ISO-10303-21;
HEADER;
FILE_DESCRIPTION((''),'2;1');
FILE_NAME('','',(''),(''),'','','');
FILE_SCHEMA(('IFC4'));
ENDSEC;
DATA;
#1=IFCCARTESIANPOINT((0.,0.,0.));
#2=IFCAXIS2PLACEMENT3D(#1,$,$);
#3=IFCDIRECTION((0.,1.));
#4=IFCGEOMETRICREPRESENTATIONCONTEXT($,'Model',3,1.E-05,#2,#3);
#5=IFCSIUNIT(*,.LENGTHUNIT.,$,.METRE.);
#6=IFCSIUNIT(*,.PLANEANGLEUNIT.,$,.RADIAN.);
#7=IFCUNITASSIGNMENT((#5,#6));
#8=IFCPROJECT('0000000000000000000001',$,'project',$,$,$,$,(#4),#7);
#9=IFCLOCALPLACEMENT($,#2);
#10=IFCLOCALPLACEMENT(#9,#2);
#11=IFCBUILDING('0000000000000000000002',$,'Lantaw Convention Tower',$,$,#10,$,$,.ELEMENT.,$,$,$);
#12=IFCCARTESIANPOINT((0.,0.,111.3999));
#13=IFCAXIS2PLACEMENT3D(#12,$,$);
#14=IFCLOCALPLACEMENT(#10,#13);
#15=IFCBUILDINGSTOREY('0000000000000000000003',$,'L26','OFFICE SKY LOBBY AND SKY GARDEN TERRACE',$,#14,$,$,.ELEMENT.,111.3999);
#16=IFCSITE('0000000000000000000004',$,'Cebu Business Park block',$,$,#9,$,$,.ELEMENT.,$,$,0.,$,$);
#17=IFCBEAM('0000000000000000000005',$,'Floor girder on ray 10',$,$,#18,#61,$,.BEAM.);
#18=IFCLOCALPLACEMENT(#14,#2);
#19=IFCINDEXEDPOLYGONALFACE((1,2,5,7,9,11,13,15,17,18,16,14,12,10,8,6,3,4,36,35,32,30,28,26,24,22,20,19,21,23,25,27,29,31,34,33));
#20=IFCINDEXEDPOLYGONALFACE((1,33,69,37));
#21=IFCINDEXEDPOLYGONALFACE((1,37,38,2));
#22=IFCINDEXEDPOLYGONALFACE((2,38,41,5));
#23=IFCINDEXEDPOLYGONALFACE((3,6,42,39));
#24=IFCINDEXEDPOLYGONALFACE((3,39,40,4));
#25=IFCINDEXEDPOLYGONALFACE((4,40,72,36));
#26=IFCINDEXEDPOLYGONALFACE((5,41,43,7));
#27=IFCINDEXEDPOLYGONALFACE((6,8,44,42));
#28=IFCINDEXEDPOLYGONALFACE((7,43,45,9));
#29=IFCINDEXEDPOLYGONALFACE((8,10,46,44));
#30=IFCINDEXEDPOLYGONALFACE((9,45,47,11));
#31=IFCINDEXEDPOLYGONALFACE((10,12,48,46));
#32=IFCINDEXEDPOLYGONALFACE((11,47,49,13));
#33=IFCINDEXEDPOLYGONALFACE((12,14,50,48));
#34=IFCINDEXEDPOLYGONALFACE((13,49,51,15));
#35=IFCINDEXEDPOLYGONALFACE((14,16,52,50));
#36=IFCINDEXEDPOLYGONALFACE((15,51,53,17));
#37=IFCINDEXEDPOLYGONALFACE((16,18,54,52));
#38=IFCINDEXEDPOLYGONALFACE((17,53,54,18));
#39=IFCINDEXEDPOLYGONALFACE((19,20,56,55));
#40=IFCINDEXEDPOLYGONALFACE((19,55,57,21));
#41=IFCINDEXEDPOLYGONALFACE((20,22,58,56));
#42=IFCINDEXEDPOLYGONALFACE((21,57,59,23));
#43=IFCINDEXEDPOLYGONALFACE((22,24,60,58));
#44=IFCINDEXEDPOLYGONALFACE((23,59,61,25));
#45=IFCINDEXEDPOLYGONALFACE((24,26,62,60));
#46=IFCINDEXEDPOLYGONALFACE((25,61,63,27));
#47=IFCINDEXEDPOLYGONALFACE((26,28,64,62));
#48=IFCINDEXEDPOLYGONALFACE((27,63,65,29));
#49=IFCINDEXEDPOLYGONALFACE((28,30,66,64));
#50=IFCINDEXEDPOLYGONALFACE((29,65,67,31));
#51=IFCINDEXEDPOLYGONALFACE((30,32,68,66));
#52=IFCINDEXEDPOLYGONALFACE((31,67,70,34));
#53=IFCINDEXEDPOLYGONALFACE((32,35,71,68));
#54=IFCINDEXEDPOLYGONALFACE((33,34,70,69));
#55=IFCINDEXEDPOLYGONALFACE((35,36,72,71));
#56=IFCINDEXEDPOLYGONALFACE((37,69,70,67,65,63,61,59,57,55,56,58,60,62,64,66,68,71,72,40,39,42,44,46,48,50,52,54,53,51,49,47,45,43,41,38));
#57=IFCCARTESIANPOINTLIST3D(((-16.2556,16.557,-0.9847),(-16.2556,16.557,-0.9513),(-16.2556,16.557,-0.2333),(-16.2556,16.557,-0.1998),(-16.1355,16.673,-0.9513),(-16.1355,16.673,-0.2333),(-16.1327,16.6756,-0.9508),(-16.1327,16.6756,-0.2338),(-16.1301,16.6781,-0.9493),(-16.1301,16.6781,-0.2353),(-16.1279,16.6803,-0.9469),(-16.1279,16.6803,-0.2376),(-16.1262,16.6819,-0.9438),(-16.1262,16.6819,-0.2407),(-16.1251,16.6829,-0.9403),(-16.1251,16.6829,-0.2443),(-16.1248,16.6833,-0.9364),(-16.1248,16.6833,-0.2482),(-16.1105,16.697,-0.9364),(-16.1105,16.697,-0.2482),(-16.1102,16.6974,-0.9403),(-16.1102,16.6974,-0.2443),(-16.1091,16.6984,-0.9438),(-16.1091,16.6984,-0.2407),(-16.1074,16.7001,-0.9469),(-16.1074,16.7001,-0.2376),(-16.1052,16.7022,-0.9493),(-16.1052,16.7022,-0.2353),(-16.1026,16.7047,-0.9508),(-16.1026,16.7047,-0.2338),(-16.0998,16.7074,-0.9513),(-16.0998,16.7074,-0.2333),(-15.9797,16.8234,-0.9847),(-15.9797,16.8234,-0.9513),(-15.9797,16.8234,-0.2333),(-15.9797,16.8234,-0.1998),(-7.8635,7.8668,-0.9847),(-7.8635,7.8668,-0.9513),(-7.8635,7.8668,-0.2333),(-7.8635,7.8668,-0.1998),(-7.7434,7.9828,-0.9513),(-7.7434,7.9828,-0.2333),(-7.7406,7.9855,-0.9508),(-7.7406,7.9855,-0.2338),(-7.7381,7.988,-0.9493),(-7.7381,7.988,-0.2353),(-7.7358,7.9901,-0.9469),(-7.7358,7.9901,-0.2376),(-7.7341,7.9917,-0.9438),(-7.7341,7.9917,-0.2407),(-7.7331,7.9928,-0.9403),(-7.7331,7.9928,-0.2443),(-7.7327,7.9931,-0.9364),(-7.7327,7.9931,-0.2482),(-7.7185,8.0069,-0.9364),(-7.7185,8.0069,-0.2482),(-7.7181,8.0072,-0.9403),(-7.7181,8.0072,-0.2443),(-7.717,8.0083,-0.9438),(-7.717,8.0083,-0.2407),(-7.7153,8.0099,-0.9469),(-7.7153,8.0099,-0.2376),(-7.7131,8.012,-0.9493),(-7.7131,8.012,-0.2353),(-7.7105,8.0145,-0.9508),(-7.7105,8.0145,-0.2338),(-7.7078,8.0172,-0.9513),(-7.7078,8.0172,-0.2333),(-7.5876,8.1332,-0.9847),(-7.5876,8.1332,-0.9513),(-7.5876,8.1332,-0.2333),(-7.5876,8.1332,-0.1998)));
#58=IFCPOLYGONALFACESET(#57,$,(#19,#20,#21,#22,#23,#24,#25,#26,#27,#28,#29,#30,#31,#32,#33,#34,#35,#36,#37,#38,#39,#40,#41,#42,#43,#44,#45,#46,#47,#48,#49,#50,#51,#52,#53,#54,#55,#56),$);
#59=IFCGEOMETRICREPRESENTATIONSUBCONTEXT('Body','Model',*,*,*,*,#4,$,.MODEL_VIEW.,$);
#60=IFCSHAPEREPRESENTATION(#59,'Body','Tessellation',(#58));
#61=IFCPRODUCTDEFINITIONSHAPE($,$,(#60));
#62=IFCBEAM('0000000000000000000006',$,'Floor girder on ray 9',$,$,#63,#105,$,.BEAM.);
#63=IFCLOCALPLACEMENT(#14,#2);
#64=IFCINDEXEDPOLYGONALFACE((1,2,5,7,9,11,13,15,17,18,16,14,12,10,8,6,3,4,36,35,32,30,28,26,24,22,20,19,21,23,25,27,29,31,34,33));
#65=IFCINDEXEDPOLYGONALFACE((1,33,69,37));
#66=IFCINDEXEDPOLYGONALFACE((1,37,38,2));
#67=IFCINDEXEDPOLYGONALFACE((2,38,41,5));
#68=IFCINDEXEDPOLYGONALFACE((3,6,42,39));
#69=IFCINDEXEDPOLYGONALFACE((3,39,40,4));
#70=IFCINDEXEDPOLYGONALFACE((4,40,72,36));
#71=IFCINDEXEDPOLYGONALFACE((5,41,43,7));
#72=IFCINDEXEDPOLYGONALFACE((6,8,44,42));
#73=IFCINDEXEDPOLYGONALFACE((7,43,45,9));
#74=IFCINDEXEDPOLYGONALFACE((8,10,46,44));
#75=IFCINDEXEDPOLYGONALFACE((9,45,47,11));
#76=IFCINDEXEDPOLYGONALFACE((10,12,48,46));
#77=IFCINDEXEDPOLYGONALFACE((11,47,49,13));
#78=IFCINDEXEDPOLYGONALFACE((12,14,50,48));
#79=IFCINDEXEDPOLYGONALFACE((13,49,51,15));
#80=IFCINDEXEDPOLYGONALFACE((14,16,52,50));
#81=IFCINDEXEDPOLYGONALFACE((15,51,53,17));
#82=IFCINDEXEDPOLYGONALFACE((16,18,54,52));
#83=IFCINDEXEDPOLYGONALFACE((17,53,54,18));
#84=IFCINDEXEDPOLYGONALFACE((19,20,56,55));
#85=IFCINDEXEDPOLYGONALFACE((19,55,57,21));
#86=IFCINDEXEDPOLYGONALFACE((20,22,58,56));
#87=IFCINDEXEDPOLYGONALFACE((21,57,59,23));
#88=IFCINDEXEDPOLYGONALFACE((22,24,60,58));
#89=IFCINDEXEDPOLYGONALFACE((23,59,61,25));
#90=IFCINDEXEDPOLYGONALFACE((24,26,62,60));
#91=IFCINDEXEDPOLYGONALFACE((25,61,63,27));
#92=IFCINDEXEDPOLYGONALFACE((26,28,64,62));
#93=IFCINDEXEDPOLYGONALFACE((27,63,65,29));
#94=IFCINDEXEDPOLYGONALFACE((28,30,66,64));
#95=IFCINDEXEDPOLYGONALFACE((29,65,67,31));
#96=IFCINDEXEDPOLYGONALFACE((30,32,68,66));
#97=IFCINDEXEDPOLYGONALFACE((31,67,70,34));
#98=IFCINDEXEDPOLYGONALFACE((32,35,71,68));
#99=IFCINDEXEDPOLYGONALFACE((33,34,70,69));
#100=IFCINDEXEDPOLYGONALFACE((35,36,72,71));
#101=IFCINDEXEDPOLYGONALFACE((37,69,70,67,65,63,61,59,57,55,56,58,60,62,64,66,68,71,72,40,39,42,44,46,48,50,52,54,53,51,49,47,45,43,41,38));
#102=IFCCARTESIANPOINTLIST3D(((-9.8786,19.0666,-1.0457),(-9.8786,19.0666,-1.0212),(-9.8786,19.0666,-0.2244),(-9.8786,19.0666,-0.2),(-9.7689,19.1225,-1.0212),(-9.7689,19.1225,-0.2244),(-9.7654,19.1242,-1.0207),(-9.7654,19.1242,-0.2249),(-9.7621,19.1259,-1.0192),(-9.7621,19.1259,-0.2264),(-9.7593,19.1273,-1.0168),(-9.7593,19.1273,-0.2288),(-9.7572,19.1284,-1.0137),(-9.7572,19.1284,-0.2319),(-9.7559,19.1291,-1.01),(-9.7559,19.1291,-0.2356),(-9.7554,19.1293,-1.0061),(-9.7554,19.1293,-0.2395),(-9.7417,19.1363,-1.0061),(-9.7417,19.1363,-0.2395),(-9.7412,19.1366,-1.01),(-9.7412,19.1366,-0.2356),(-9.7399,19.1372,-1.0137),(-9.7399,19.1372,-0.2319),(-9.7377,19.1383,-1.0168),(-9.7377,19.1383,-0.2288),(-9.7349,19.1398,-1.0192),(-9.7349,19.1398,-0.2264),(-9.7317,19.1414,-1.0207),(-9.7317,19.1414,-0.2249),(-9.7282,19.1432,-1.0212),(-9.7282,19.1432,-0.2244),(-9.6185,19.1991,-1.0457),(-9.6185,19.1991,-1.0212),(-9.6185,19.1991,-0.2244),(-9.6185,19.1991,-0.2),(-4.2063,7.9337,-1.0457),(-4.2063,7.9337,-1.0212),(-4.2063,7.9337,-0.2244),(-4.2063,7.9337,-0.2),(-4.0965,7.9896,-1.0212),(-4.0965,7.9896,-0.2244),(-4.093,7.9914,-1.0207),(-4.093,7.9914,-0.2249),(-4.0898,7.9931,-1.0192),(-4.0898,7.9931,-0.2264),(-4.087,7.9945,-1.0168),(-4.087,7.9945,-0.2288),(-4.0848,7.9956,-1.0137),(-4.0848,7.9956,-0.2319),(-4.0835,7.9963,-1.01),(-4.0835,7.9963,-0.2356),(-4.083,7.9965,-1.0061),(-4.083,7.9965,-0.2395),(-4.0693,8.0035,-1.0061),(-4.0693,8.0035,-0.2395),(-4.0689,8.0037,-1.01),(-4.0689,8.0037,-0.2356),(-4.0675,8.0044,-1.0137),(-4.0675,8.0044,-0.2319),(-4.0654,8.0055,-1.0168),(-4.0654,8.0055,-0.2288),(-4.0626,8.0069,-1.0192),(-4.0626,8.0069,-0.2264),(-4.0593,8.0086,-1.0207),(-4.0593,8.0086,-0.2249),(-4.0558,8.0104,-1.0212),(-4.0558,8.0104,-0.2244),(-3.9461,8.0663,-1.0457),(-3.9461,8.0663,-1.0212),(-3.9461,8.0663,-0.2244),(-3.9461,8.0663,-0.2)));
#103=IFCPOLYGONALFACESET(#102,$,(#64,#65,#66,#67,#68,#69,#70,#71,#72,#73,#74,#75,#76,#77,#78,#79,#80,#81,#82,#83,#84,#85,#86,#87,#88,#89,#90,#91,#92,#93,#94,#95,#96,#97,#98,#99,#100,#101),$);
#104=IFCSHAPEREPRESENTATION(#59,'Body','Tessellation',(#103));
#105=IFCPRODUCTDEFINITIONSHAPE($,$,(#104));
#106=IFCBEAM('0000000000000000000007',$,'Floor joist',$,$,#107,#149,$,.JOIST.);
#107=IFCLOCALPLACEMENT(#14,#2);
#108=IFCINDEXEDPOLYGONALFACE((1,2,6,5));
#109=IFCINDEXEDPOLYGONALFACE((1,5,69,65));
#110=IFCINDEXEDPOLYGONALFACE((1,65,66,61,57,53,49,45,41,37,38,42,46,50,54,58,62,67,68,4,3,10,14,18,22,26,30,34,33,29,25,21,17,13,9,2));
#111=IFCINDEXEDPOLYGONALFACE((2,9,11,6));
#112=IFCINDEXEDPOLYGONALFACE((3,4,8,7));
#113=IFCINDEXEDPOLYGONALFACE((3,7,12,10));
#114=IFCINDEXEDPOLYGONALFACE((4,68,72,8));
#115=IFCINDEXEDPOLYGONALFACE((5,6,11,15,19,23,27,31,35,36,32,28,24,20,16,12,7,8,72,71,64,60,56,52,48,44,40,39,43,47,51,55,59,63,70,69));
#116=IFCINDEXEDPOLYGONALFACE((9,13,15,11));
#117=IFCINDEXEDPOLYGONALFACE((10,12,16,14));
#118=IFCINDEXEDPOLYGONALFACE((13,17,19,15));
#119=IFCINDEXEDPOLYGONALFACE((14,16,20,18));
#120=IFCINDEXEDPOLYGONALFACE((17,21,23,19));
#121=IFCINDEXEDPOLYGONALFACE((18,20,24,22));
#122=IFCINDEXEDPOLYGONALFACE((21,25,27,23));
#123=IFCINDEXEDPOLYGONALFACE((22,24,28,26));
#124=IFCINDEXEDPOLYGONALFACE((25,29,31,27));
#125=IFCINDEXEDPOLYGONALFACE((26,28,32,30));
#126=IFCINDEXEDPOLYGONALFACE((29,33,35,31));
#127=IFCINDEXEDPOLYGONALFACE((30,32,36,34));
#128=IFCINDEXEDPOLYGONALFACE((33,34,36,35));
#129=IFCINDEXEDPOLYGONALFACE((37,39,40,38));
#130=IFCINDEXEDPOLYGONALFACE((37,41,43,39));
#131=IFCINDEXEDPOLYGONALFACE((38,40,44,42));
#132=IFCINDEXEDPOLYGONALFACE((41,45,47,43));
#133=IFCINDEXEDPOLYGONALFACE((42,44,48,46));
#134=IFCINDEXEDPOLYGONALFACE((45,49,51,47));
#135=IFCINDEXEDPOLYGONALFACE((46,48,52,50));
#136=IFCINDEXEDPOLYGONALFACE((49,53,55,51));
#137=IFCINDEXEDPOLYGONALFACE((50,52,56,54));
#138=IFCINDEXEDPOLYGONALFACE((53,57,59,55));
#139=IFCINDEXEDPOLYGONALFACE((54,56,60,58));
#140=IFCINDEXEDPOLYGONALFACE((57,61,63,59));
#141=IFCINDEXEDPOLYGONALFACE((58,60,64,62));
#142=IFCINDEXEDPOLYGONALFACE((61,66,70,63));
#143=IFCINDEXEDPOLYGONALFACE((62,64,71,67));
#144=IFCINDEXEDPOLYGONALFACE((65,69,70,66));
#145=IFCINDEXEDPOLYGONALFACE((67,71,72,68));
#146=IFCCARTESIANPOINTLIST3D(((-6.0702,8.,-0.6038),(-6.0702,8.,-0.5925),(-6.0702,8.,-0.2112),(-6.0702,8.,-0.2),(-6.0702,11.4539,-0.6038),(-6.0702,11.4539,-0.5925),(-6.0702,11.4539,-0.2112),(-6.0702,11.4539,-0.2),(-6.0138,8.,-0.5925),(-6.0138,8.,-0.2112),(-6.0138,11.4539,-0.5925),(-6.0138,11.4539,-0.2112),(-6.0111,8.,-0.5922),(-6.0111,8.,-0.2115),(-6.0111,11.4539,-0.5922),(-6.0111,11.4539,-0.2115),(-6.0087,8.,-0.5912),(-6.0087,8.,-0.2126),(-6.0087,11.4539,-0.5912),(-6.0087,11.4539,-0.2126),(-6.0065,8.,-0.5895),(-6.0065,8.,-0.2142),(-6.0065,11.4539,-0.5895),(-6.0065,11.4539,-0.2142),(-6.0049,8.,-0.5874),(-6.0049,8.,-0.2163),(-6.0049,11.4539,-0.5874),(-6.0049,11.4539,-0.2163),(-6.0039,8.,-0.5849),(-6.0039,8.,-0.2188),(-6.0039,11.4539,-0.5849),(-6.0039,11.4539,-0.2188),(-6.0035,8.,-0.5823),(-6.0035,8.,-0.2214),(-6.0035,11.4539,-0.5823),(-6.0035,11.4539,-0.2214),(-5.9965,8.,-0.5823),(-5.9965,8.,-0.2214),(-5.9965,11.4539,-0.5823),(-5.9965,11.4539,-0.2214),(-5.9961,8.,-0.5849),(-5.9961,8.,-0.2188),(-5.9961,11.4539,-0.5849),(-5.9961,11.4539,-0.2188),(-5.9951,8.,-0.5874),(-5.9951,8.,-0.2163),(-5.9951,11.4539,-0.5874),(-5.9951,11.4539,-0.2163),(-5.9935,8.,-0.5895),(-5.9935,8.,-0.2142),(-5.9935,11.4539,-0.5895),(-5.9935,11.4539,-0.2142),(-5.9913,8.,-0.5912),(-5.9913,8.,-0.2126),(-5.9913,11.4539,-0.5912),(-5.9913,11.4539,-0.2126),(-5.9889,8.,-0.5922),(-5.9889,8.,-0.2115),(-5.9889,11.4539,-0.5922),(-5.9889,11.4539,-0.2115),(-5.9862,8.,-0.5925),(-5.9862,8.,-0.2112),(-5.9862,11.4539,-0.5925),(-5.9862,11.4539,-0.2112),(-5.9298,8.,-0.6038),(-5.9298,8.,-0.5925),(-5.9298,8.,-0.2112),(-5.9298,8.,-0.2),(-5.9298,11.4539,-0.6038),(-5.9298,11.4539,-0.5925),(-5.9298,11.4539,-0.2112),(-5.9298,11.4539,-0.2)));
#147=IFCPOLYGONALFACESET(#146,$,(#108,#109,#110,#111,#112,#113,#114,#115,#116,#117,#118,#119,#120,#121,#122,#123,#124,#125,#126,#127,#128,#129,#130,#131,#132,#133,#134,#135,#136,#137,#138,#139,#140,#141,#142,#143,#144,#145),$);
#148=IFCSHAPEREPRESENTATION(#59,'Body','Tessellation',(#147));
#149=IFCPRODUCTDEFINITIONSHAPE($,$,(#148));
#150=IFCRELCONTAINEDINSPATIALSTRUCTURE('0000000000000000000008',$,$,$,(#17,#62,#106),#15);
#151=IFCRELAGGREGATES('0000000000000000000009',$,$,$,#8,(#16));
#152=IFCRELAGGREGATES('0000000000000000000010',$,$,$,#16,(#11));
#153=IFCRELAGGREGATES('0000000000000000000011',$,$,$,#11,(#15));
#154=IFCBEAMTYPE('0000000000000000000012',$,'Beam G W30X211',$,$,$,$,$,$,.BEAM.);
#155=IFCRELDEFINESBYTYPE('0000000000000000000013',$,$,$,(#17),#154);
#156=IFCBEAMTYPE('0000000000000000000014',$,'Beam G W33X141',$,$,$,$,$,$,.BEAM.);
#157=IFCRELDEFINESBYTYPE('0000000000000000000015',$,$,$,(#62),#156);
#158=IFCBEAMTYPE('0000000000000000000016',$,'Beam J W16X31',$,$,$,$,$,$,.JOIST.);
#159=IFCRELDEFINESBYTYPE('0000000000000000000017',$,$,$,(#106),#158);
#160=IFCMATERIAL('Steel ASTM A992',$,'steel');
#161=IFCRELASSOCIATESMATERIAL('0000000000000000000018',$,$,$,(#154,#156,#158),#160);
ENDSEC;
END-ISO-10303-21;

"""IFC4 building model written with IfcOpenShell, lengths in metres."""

from ifc_helpers import new_model, si_unit, direction, frame, origin, origin_2d, place, context, subcontext, project, spatial, i_section, extrude, material, material_profile, profile_set, type_object, element, save


model = new_model("IFC4")

# Units and contexts
model_context = context("Model", 3, precision=1e-05, world=origin(), true_north=direction((0.0, 1.0)))
body_context = subcontext(model_context, "Body", "Model", "MODEL_VIEW")
ifc_project = project(units=[si_unit("LENGTHUNIT", "METRE"), si_unit("PLANEANGLEUNIT", "RADIAN")], contexts=[model_context])

# Site, building, storey
site_placement = place(None, origin())
site = spatial("IfcSite", under=ifc_project, at=site_placement, Name="Cebu Business Park block", CompositionType="ELEMENT", RefElevation=0.0)
building_placement = place(site_placement, origin())
building = spatial("IfcBuilding", under=site, at=building_placement, Name="Lantaw Convention Tower", CompositionType="ELEMENT")
storey_placement = place(building_placement, frame((0.0, 0.0, 111.3999)))
storey = spatial("IfcBuildingStorey", under=building, at=storey_placement, Name="L26", Description="OFFICE SKY LOBBY AND SKY GARDEN TERRACE", CompositionType="ELEMENT", Elevation=111.3999)

# Beams
ifc_material_1 = material(Name="Steel ASTM A992", Category="steel")
ifc_material_profile_1 = material_profile(ifc_material_1, i_section(OverallWidth=0.3835, OverallDepth=0.7849, WebThickness=0.0198, FlangeThickness=0.0334, FilletRadius=0.0149, at=origin_2d()), Name="W30X211")
ifc_profile_set_1 = profile_set([ifc_material_profile_1], Name="Steel ASTM A992")
beam_type_1 = type_object("IfcBeamType", Name="Beam G W30X211", PredefinedType="BEAM", material=ifc_profile_set_1)
beam_1_placement = place(storey_placement, frame((-7.7256, 8.0, -0.5923), z_axis=(-0.694662, 0.719337, 0.0), x_axis=(-0.719337, -0.694662, 0.0)))
element("IfcBeam", 1, at=beam_1_placement, inside=storey, type_object=beam_type_1, Name="Floor girder on ray 10", PredefinedType="BEAM", context=body_context, shape_type="SweptSolid", body=[
    extrude(i_section(OverallWidth=0.3835, OverallDepth=0.7849, WebThickness=0.0198, FlangeThickness=0.0334, FilletRadius=0.0149, at=origin_2d()), origin(), (0.0, 0.0, 1.0), 12.0808),
])
ifc_material_profile_2 = material_profile(ifc_material_1, i_section(OverallWidth=0.292, OverallDepth=0.8457, WebThickness=0.0154, FlangeThickness=0.0244, FilletRadius=0.0151, at=origin_2d()), Name="W33X141")
ifc_profile_set_2 = profile_set([ifc_material_profile_2], Name="Steel ASTM A992")
beam_type_2 = type_object("IfcBeamType", Name="Beam G W33X141", PredefinedType="BEAM", material=ifc_profile_set_2)
beam_2_placement = place(storey_placement, frame((-4.0762, 8.0, -0.6228), z_axis=(-0.453985, 0.891009, 0.0), x_axis=(-0.891009, -0.453985, 0.0)))
element("IfcBeam", 2, at=beam_2_placement, inside=storey, type_object=beam_type_2, Name="Floor girder on ray 9", PredefinedType="BEAM", context=body_context, shape_type="SweptSolid", body=[
    extrude(i_section(OverallWidth=0.292, OverallDepth=0.8457, WebThickness=0.0154, FlangeThickness=0.0244, FilletRadius=0.0151, at=origin_2d()), origin(), (0.0, 0.0, 1.0), 12.4946),
])
ifc_material_profile_3 = material_profile(ifc_material_1, i_section(OverallWidth=0.1404, OverallDepth=0.4038, WebThickness=0.0071, FlangeThickness=0.0112, FilletRadius=0.0103, at=origin_2d()), Name="W16X31")
ifc_profile_set_3 = profile_set([ifc_material_profile_3], Name="Steel ASTM A992")
beam_type_3 = type_object("IfcBeamType", Name="Beam J W16X31", PredefinedType="JOIST", material=ifc_profile_set_3)
beam_3_placement = place(storey_placement, frame((-6.0, 8.0, -0.4019), z_axis=(0.0, 1.0, 0.0), x_axis=(-1.0, 0.0, 0.0)))
element("IfcBeam", 3, at=beam_3_placement, inside=storey, type_object=beam_type_3, Name="Floor joist", PredefinedType="JOIST", context=body_context, shape_type="SweptSolid", body=[
    extrude(i_section(OverallWidth=0.1404, OverallDepth=0.4038, WebThickness=0.0071, FlangeThickness=0.0112, FilletRadius=0.0103, at=origin_2d()), origin(), (0.0, 0.0, 1.0), 3.4539),
])

save(model, "model.ifc")
